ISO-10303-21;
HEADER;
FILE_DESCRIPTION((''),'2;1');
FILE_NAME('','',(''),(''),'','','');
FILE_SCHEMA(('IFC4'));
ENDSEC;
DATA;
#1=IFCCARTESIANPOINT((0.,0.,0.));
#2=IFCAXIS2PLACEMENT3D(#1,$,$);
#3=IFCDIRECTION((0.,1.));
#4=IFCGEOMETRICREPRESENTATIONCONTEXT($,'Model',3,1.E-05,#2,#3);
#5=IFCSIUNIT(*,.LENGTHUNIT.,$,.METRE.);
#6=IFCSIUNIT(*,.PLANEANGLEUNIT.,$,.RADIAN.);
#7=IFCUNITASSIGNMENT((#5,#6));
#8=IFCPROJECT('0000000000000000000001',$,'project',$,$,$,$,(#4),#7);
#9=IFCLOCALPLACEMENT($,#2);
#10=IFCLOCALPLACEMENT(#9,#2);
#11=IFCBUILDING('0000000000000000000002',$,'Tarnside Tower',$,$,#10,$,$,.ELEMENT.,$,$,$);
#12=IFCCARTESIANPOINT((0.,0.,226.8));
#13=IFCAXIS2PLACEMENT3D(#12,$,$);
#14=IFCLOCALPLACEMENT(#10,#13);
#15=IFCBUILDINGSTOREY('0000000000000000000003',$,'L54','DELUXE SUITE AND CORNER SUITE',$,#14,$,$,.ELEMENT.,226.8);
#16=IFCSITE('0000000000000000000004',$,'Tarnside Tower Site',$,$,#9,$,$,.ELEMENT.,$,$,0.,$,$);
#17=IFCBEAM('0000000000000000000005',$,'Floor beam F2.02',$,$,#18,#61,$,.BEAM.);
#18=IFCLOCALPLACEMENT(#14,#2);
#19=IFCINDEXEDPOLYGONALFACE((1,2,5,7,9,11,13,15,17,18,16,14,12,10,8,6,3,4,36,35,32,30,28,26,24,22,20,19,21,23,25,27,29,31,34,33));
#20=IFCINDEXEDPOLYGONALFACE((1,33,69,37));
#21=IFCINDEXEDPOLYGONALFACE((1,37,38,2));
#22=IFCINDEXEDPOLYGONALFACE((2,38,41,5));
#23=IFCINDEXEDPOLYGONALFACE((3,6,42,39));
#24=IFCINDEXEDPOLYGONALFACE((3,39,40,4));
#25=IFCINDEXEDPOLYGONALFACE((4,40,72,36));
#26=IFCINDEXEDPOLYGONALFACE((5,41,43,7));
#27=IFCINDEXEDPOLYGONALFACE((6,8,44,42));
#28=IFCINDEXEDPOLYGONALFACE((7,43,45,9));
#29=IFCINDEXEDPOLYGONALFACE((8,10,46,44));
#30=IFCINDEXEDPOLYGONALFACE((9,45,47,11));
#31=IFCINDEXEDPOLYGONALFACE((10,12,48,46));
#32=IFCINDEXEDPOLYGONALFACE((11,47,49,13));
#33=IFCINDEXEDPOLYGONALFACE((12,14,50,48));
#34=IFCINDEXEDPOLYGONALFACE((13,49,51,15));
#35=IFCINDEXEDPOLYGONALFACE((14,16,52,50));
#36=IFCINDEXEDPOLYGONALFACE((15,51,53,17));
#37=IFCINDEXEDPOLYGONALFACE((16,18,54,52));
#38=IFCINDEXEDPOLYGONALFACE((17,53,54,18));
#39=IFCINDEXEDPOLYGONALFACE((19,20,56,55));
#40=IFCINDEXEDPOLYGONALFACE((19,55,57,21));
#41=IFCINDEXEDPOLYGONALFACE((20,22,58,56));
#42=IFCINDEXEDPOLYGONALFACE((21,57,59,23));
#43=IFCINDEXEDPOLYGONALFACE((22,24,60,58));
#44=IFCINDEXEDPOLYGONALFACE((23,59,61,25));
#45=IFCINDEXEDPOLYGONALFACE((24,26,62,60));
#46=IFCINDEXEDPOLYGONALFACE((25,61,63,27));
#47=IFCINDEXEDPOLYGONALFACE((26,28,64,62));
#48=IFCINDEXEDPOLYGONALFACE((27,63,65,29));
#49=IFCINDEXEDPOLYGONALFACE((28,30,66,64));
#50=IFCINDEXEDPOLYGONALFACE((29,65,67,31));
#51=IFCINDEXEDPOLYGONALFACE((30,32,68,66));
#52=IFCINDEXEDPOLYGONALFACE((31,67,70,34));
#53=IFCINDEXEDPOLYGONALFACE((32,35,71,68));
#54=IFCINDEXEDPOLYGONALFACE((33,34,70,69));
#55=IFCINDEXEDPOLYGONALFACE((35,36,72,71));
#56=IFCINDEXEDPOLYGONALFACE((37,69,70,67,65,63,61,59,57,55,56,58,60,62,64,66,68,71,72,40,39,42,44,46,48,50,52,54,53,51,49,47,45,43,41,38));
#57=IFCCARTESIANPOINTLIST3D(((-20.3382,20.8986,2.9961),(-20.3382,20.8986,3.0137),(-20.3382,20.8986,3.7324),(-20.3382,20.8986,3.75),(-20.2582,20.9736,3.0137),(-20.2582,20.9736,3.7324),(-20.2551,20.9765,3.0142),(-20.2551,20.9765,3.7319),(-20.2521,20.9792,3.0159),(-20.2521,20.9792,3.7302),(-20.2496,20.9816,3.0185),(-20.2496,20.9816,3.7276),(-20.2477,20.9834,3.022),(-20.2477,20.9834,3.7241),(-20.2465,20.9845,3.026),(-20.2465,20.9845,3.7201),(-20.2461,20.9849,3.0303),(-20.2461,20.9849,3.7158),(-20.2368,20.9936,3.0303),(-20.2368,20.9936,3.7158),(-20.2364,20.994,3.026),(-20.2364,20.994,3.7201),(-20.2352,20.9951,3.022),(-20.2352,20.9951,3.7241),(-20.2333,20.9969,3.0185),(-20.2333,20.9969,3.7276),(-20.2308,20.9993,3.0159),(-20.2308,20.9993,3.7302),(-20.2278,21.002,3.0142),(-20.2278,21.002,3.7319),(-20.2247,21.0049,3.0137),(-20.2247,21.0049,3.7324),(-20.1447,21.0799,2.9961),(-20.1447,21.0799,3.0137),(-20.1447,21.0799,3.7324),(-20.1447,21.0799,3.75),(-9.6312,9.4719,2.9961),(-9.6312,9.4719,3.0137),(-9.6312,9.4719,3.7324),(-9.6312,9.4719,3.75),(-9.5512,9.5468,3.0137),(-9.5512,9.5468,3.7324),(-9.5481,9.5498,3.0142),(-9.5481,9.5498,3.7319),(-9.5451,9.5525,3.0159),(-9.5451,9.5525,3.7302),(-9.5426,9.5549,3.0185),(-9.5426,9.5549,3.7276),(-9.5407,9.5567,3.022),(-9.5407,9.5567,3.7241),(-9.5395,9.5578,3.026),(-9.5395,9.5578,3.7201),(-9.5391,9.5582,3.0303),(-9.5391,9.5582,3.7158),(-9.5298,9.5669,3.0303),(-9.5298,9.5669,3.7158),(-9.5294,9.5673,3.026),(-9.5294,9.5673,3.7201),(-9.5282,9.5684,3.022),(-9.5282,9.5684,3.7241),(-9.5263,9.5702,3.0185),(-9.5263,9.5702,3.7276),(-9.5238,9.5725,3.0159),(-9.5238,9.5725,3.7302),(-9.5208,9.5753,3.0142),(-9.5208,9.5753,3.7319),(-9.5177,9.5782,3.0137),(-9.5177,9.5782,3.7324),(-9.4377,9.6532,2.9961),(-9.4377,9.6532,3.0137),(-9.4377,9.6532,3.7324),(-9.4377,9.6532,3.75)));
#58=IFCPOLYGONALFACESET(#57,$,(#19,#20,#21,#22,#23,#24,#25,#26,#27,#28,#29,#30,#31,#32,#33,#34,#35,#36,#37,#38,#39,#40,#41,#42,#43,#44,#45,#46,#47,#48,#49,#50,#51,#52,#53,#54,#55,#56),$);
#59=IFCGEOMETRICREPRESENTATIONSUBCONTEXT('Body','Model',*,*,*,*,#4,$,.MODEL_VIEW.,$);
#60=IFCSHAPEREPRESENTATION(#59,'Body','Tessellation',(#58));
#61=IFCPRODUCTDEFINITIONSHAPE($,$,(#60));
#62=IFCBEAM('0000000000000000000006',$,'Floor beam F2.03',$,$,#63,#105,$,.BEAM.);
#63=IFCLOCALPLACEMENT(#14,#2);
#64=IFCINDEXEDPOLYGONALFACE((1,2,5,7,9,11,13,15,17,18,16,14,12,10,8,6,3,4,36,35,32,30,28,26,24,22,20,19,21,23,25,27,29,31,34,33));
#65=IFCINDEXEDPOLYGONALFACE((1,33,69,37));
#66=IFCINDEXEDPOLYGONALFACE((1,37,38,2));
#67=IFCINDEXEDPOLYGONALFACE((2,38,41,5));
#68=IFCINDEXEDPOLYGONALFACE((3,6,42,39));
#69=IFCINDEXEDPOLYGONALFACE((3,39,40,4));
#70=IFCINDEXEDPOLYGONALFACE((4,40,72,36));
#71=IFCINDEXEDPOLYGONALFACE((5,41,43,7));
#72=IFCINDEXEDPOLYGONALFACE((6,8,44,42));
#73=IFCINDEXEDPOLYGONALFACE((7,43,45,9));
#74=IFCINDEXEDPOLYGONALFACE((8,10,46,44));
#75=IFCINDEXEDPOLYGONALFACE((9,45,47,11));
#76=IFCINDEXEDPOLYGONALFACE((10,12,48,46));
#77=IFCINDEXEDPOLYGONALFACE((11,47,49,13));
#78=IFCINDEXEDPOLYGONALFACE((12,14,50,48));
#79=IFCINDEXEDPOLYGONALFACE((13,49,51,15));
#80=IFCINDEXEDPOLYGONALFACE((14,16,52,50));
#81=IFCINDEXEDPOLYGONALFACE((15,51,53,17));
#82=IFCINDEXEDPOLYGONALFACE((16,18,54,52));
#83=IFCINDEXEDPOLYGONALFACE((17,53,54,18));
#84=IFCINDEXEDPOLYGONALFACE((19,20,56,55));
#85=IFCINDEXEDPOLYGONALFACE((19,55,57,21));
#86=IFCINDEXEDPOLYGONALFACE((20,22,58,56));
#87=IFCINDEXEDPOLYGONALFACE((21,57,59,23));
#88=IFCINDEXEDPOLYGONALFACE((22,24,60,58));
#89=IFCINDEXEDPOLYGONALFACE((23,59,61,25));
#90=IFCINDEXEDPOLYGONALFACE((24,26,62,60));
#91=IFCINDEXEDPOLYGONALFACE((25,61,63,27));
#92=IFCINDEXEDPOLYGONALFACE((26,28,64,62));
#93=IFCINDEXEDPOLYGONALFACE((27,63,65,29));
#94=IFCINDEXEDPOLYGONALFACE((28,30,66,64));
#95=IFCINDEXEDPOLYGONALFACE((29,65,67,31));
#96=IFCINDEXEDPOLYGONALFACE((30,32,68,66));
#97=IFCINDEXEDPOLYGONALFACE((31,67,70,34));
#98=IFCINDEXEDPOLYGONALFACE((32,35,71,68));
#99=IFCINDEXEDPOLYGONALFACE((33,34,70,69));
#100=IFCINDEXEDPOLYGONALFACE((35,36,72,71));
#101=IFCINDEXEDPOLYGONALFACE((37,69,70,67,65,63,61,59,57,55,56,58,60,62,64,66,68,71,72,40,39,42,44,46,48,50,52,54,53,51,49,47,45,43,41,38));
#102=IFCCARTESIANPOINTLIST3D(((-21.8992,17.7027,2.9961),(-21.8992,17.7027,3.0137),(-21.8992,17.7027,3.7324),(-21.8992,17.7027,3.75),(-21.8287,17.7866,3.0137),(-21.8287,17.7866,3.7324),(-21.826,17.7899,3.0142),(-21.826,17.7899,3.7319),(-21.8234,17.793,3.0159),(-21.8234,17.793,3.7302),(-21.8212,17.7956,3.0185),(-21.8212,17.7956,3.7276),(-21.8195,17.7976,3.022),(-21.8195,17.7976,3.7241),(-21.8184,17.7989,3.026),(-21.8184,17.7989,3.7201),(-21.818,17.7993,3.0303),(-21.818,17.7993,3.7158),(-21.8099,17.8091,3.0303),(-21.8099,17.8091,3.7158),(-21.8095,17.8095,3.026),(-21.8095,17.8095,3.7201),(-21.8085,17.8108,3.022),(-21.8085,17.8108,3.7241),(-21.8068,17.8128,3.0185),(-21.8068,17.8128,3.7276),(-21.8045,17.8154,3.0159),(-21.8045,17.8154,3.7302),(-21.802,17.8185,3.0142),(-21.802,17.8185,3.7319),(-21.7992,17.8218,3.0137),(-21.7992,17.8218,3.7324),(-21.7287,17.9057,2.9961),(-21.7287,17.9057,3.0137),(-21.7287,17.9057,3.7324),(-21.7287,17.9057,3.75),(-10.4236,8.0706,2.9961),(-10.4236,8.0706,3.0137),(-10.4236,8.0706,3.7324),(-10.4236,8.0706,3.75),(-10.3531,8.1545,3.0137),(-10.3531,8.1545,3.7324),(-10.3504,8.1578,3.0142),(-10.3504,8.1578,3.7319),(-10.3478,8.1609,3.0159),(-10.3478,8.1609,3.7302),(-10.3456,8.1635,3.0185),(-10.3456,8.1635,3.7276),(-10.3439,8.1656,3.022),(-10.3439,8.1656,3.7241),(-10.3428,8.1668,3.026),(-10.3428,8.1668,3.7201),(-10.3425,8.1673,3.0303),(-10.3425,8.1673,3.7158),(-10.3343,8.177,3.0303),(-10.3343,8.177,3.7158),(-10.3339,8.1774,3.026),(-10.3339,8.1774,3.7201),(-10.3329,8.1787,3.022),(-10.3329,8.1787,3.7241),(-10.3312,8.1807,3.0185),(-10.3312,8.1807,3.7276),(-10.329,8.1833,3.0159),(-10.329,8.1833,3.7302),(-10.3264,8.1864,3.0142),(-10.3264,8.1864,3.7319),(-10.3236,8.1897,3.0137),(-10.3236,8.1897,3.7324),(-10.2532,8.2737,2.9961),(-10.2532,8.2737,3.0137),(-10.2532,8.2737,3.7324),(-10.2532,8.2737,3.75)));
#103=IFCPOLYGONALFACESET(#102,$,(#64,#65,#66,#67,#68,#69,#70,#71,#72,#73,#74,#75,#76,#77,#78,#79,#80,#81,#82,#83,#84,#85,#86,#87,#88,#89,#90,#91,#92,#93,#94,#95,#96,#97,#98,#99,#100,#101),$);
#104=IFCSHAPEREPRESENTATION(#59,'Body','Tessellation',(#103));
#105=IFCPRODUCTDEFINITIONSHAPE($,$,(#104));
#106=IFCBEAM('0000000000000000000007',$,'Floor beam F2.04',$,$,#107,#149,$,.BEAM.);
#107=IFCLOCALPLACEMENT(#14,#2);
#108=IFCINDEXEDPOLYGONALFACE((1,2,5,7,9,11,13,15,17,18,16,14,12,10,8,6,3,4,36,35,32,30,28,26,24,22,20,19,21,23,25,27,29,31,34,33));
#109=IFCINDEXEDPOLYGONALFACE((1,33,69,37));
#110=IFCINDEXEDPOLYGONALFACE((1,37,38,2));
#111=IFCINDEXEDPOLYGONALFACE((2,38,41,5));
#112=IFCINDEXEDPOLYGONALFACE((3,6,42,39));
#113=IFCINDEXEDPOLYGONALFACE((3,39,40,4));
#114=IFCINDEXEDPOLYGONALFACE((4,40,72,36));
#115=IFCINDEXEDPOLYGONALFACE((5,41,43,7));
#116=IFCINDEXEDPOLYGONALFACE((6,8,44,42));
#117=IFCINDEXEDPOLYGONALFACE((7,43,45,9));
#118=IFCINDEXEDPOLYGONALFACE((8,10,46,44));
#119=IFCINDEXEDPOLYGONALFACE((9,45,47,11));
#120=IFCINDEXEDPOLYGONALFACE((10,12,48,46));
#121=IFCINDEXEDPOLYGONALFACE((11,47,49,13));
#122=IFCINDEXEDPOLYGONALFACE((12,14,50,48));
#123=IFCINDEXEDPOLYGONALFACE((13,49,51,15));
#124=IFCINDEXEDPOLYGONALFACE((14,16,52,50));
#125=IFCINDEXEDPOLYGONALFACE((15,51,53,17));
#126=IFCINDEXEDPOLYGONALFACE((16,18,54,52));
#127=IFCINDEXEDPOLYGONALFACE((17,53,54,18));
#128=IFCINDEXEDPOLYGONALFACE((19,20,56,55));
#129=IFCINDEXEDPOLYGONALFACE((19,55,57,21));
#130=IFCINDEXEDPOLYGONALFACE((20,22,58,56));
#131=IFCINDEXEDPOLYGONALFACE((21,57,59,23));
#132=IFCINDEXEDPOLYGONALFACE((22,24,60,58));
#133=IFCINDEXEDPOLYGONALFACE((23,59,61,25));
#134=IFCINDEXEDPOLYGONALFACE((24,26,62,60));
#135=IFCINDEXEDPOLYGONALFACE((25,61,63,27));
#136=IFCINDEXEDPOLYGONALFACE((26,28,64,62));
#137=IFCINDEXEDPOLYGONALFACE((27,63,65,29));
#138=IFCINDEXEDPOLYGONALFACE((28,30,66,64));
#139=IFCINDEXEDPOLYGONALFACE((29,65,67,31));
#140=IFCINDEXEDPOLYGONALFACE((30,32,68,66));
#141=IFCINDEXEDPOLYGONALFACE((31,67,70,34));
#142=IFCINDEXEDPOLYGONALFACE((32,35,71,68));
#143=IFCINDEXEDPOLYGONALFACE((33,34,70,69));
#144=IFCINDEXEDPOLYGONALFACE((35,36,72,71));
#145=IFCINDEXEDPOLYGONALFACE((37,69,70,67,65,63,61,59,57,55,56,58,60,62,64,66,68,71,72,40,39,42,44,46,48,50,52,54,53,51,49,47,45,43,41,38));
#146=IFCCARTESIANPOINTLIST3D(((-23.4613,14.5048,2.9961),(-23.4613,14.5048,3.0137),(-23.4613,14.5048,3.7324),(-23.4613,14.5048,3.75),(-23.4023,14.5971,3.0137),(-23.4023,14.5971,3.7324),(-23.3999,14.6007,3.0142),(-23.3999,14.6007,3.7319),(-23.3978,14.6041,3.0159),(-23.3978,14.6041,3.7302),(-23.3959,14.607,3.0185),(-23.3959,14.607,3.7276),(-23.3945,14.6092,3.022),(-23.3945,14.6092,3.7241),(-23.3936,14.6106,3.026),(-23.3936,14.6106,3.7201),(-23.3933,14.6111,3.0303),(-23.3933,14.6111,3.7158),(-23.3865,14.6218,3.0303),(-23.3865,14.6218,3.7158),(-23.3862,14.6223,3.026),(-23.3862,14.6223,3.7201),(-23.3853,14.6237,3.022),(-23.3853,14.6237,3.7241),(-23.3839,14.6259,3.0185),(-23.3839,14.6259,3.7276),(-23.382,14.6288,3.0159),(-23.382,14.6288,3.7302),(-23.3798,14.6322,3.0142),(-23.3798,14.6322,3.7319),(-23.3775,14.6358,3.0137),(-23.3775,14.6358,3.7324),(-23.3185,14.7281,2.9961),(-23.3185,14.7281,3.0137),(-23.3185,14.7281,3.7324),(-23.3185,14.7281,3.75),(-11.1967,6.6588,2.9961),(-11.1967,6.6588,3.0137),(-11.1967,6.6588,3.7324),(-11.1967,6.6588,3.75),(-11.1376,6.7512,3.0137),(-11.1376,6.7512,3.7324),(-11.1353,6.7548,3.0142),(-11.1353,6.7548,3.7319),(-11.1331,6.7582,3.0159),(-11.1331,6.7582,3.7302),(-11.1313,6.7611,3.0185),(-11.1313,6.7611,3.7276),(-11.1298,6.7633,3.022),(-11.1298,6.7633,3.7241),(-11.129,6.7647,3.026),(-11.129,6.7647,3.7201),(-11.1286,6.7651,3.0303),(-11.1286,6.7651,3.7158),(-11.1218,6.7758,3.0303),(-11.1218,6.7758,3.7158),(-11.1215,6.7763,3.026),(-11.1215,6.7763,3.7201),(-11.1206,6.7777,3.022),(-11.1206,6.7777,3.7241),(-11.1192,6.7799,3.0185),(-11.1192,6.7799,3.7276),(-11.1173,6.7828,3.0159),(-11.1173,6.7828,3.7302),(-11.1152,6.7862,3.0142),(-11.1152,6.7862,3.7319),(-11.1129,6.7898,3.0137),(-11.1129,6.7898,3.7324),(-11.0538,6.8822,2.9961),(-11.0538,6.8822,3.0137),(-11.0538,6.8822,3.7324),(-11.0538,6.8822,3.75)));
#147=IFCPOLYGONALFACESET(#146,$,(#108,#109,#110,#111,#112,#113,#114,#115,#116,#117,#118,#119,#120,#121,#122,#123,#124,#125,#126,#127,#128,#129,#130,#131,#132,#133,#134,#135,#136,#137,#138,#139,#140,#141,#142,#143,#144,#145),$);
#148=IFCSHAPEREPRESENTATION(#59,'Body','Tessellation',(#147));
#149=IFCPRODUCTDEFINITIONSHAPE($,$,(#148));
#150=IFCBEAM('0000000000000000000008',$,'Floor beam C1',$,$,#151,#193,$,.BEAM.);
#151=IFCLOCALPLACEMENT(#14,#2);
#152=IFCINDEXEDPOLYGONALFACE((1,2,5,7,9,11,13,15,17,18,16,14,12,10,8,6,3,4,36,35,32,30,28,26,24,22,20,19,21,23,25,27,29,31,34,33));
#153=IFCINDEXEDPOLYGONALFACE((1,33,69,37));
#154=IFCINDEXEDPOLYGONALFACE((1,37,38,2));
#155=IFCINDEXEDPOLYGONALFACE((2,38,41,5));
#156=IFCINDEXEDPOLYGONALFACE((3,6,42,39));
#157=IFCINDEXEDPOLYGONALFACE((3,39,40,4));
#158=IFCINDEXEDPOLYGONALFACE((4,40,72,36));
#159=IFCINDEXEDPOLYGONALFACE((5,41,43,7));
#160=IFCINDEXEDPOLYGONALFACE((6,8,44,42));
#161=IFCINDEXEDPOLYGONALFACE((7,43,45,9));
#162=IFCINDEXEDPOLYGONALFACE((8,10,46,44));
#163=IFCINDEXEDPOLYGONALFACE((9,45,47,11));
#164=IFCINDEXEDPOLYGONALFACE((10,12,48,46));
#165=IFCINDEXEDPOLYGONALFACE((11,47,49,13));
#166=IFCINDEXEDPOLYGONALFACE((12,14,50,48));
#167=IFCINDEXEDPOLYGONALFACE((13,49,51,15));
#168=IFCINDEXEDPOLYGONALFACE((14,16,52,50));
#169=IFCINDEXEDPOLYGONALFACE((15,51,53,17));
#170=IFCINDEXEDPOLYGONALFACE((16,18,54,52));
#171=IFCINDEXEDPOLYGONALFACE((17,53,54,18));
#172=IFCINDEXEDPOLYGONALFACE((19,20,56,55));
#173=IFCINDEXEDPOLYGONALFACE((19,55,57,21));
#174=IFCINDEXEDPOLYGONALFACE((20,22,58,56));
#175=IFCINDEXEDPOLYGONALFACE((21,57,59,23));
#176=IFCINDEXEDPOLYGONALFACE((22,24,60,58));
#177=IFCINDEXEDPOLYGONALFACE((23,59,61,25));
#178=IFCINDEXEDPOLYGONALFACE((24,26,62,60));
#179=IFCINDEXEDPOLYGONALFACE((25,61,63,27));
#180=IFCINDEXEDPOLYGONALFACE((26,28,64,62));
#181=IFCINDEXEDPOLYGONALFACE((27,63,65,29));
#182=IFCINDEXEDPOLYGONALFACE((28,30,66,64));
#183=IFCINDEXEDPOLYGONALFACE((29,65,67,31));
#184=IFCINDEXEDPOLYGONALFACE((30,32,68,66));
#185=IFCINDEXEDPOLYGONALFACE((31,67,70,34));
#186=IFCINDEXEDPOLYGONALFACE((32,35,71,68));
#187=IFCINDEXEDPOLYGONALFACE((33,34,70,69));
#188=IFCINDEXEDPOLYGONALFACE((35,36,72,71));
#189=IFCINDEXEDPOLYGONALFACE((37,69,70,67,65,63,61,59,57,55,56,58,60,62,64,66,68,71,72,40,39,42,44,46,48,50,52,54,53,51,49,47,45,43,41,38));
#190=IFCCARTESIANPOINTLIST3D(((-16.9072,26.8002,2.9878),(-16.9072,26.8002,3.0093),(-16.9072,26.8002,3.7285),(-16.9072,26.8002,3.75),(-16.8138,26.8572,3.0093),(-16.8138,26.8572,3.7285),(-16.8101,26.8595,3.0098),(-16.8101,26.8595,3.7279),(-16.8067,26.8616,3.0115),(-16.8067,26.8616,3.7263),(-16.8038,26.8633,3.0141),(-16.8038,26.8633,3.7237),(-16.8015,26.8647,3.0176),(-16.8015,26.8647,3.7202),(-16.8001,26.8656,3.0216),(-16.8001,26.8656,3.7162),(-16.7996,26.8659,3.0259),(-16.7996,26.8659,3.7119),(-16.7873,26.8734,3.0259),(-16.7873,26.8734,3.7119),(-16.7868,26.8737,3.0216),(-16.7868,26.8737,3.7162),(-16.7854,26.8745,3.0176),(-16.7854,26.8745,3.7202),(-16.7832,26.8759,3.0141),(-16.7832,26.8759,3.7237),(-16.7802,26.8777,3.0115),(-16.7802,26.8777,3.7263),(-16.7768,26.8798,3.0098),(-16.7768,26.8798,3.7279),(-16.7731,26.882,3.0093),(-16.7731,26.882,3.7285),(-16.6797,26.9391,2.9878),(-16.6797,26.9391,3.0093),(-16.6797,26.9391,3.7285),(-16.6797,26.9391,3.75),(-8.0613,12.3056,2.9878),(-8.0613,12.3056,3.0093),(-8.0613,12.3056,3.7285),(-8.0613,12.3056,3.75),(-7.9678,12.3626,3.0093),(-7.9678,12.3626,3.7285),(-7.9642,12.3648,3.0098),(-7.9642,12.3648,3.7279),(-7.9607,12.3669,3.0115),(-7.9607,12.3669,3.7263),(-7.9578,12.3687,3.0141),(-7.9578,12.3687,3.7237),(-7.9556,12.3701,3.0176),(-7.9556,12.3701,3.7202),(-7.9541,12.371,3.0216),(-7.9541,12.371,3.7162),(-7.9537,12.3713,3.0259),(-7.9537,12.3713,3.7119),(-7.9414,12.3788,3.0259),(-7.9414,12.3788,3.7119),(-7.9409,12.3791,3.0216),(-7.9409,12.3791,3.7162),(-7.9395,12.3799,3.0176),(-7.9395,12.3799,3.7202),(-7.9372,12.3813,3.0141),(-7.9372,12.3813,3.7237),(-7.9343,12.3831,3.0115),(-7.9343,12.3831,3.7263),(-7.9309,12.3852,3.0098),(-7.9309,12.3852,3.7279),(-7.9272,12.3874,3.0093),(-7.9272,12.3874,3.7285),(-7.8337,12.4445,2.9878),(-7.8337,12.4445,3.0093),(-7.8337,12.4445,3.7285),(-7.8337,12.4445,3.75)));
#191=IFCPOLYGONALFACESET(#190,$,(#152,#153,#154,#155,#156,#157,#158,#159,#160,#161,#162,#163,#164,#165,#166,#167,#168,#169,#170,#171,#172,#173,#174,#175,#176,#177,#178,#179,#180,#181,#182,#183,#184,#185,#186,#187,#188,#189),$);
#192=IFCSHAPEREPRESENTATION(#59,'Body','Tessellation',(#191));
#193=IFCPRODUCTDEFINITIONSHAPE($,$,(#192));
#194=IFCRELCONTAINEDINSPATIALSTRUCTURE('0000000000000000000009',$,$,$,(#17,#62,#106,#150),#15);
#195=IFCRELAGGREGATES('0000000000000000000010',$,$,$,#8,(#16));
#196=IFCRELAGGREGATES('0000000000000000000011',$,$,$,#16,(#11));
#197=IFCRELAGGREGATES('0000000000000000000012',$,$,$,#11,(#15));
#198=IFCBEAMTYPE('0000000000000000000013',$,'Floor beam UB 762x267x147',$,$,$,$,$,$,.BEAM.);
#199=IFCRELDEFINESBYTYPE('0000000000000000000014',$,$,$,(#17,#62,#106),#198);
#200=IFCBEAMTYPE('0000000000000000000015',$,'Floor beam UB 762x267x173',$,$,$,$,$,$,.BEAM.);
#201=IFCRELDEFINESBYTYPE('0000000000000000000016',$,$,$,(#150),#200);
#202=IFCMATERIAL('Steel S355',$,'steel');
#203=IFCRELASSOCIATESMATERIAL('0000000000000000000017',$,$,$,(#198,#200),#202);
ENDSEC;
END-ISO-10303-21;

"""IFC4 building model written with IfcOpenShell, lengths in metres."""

from ifc_helpers import new_model, si_unit, direction, frame, origin, origin_2d, place, context, subcontext, project, spatial, i_section, extrude, material, material_profile, profile_set, type_object, element, save


model = new_model("IFC4")

# Units and contexts
model_context = context("Model", 3, precision=1e-05, world=origin(), true_north=direction((0.0, 1.0)))
body_context = subcontext(model_context, "Body", "Model", "MODEL_VIEW")
ifc_project = project(units=[si_unit("LENGTHUNIT", "METRE"), si_unit("PLANEANGLEUNIT", "RADIAN")], contexts=[model_context])

# Site, building, storey
site_placement = place(None, origin())
site = spatial("IfcSite", under=ifc_project, at=site_placement, Name="Tarnside Tower Site", CompositionType="ELEMENT", RefElevation=0.0)
building_placement = place(site_placement, origin())
building = spatial("IfcBuilding", under=site, at=building_placement, Name="Tarnside Tower", CompositionType="ELEMENT")
storey_placement = place(building_placement, frame((0.0, 0.0, 226.8)))
storey = spatial("IfcBuildingStorey", under=building, at=storey_placement, Name="L54", Description="DELUXE SUITE AND CORNER SUITE", CompositionType="ELEMENT", Elevation=226.8)

# Beams
ifc_material_1 = material(Name="Steel S355", Category="steel")
ifc_material_profile_1 = material_profile(ifc_material_1, i_section(OverallWidth=0.2651, OverallDepth=0.7539, WebThickness=0.0127, FlangeThickness=0.0176, FilletRadius=0.0166, at=origin_2d()), Name="UB 762x267x147")
ifc_profile_set_1 = profile_set([ifc_material_profile_1], Name="Steel S355")
beam_type_1 = type_object("IfcBeamType", Name="Floor beam UB 762x267x147", PredefinedType="BEAM", material=ifc_profile_set_1)
beam_1_placement = place(storey_placement, frame((-20.2415, 20.9893, 3.373), z_axis=(0.683752, -0.729714, 0.0), x_axis=(0.729714, 0.683752, 0.0)))
element("IfcBeam", 1, at=beam_1_placement, inside=storey, type_object=beam_type_1, Name="Floor beam F2.02", PredefinedType="BEAM", context=body_context, shape_type="SweptSolid", body=[
    extrude(i_section(OverallWidth=0.2651, OverallDepth=0.7539, WebThickness=0.0127, FlangeThickness=0.0176, FilletRadius=0.0166, at=origin_2d()), origin(), (0.0, 0.0, 1.0), 15.6592),
])
beam_2_placement = place(storey_placement, frame((-21.814, 17.8042, 3.373), z_axis=(0.765948, -0.642902, 0.0), x_axis=(0.642902, 0.765948, 0.0)))
element("IfcBeam", 2, at=beam_2_placement, inside=storey, type_object=beam_type_1, Name="Floor beam F2.03", PredefinedType="BEAM", context=body_context, shape_type="SweptSolid", body=[
    extrude(i_section(OverallWidth=0.2651, OverallDepth=0.7539, WebThickness=0.0127, FlangeThickness=0.0176, FilletRadius=0.0166, at=origin_2d()), origin(), (0.0, 0.0, 1.0), 14.9822),
])
beam_3_placement = place(storey_placement, frame((-23.3899, 14.6165, 3.373), z_axis=(0.842378, -0.538887, 0.0), x_axis=(0.538887, 0.842378, 0.0)))
element("IfcBeam", 3, at=beam_3_placement, inside=storey, type_object=beam_type_1, Name="Floor beam F2.04", PredefinedType="BEAM", context=body_context, shape_type="SweptSolid", body=[
    extrude(i_section(OverallWidth=0.2651, OverallDepth=0.7539, WebThickness=0.0127, FlangeThickness=0.0176, FilletRadius=0.0166, at=origin_2d()), origin(), (0.0, 0.0, 1.0), 14.5596),
])
ifc_material_profile_2 = material_profile(ifc_material_1, i_section(OverallWidth=0.2666, OverallDepth=0.7622, WebThickness=0.0144, FlangeThickness=0.0215, FilletRadius=0.0166, at=origin_2d()), Name="UB 762x267x173")
ifc_profile_set_2 = profile_set([ifc_material_profile_2], Name="Steel S355")
beam_type_2 = type_object("IfcBeamType", Name="Floor beam UB 762x267x173", PredefinedType="BEAM", material=ifc_profile_set_2)
beam_4_placement = place(storey_placement, frame((-16.7935, 26.8696, 3.3689), z_axis=(0.52094, -0.853593, 0.0), x_axis=(0.853593, 0.52094, 0.0)))
element("IfcBeam", 4, at=beam_4_placement, inside=storey, type_object=beam_type_2, Name="Floor beam C1", PredefinedType="BEAM", context=body_context, shape_type="SweptSolid", body=[
    extrude(i_section(OverallWidth=0.2666, OverallDepth=0.7622, WebThickness=0.0144, FlangeThickness=0.0215, FilletRadius=0.0166, at=origin_2d()), origin(), (0.0, 0.0, 1.0), 16.9807),
])

save(model, "model.ifc")
